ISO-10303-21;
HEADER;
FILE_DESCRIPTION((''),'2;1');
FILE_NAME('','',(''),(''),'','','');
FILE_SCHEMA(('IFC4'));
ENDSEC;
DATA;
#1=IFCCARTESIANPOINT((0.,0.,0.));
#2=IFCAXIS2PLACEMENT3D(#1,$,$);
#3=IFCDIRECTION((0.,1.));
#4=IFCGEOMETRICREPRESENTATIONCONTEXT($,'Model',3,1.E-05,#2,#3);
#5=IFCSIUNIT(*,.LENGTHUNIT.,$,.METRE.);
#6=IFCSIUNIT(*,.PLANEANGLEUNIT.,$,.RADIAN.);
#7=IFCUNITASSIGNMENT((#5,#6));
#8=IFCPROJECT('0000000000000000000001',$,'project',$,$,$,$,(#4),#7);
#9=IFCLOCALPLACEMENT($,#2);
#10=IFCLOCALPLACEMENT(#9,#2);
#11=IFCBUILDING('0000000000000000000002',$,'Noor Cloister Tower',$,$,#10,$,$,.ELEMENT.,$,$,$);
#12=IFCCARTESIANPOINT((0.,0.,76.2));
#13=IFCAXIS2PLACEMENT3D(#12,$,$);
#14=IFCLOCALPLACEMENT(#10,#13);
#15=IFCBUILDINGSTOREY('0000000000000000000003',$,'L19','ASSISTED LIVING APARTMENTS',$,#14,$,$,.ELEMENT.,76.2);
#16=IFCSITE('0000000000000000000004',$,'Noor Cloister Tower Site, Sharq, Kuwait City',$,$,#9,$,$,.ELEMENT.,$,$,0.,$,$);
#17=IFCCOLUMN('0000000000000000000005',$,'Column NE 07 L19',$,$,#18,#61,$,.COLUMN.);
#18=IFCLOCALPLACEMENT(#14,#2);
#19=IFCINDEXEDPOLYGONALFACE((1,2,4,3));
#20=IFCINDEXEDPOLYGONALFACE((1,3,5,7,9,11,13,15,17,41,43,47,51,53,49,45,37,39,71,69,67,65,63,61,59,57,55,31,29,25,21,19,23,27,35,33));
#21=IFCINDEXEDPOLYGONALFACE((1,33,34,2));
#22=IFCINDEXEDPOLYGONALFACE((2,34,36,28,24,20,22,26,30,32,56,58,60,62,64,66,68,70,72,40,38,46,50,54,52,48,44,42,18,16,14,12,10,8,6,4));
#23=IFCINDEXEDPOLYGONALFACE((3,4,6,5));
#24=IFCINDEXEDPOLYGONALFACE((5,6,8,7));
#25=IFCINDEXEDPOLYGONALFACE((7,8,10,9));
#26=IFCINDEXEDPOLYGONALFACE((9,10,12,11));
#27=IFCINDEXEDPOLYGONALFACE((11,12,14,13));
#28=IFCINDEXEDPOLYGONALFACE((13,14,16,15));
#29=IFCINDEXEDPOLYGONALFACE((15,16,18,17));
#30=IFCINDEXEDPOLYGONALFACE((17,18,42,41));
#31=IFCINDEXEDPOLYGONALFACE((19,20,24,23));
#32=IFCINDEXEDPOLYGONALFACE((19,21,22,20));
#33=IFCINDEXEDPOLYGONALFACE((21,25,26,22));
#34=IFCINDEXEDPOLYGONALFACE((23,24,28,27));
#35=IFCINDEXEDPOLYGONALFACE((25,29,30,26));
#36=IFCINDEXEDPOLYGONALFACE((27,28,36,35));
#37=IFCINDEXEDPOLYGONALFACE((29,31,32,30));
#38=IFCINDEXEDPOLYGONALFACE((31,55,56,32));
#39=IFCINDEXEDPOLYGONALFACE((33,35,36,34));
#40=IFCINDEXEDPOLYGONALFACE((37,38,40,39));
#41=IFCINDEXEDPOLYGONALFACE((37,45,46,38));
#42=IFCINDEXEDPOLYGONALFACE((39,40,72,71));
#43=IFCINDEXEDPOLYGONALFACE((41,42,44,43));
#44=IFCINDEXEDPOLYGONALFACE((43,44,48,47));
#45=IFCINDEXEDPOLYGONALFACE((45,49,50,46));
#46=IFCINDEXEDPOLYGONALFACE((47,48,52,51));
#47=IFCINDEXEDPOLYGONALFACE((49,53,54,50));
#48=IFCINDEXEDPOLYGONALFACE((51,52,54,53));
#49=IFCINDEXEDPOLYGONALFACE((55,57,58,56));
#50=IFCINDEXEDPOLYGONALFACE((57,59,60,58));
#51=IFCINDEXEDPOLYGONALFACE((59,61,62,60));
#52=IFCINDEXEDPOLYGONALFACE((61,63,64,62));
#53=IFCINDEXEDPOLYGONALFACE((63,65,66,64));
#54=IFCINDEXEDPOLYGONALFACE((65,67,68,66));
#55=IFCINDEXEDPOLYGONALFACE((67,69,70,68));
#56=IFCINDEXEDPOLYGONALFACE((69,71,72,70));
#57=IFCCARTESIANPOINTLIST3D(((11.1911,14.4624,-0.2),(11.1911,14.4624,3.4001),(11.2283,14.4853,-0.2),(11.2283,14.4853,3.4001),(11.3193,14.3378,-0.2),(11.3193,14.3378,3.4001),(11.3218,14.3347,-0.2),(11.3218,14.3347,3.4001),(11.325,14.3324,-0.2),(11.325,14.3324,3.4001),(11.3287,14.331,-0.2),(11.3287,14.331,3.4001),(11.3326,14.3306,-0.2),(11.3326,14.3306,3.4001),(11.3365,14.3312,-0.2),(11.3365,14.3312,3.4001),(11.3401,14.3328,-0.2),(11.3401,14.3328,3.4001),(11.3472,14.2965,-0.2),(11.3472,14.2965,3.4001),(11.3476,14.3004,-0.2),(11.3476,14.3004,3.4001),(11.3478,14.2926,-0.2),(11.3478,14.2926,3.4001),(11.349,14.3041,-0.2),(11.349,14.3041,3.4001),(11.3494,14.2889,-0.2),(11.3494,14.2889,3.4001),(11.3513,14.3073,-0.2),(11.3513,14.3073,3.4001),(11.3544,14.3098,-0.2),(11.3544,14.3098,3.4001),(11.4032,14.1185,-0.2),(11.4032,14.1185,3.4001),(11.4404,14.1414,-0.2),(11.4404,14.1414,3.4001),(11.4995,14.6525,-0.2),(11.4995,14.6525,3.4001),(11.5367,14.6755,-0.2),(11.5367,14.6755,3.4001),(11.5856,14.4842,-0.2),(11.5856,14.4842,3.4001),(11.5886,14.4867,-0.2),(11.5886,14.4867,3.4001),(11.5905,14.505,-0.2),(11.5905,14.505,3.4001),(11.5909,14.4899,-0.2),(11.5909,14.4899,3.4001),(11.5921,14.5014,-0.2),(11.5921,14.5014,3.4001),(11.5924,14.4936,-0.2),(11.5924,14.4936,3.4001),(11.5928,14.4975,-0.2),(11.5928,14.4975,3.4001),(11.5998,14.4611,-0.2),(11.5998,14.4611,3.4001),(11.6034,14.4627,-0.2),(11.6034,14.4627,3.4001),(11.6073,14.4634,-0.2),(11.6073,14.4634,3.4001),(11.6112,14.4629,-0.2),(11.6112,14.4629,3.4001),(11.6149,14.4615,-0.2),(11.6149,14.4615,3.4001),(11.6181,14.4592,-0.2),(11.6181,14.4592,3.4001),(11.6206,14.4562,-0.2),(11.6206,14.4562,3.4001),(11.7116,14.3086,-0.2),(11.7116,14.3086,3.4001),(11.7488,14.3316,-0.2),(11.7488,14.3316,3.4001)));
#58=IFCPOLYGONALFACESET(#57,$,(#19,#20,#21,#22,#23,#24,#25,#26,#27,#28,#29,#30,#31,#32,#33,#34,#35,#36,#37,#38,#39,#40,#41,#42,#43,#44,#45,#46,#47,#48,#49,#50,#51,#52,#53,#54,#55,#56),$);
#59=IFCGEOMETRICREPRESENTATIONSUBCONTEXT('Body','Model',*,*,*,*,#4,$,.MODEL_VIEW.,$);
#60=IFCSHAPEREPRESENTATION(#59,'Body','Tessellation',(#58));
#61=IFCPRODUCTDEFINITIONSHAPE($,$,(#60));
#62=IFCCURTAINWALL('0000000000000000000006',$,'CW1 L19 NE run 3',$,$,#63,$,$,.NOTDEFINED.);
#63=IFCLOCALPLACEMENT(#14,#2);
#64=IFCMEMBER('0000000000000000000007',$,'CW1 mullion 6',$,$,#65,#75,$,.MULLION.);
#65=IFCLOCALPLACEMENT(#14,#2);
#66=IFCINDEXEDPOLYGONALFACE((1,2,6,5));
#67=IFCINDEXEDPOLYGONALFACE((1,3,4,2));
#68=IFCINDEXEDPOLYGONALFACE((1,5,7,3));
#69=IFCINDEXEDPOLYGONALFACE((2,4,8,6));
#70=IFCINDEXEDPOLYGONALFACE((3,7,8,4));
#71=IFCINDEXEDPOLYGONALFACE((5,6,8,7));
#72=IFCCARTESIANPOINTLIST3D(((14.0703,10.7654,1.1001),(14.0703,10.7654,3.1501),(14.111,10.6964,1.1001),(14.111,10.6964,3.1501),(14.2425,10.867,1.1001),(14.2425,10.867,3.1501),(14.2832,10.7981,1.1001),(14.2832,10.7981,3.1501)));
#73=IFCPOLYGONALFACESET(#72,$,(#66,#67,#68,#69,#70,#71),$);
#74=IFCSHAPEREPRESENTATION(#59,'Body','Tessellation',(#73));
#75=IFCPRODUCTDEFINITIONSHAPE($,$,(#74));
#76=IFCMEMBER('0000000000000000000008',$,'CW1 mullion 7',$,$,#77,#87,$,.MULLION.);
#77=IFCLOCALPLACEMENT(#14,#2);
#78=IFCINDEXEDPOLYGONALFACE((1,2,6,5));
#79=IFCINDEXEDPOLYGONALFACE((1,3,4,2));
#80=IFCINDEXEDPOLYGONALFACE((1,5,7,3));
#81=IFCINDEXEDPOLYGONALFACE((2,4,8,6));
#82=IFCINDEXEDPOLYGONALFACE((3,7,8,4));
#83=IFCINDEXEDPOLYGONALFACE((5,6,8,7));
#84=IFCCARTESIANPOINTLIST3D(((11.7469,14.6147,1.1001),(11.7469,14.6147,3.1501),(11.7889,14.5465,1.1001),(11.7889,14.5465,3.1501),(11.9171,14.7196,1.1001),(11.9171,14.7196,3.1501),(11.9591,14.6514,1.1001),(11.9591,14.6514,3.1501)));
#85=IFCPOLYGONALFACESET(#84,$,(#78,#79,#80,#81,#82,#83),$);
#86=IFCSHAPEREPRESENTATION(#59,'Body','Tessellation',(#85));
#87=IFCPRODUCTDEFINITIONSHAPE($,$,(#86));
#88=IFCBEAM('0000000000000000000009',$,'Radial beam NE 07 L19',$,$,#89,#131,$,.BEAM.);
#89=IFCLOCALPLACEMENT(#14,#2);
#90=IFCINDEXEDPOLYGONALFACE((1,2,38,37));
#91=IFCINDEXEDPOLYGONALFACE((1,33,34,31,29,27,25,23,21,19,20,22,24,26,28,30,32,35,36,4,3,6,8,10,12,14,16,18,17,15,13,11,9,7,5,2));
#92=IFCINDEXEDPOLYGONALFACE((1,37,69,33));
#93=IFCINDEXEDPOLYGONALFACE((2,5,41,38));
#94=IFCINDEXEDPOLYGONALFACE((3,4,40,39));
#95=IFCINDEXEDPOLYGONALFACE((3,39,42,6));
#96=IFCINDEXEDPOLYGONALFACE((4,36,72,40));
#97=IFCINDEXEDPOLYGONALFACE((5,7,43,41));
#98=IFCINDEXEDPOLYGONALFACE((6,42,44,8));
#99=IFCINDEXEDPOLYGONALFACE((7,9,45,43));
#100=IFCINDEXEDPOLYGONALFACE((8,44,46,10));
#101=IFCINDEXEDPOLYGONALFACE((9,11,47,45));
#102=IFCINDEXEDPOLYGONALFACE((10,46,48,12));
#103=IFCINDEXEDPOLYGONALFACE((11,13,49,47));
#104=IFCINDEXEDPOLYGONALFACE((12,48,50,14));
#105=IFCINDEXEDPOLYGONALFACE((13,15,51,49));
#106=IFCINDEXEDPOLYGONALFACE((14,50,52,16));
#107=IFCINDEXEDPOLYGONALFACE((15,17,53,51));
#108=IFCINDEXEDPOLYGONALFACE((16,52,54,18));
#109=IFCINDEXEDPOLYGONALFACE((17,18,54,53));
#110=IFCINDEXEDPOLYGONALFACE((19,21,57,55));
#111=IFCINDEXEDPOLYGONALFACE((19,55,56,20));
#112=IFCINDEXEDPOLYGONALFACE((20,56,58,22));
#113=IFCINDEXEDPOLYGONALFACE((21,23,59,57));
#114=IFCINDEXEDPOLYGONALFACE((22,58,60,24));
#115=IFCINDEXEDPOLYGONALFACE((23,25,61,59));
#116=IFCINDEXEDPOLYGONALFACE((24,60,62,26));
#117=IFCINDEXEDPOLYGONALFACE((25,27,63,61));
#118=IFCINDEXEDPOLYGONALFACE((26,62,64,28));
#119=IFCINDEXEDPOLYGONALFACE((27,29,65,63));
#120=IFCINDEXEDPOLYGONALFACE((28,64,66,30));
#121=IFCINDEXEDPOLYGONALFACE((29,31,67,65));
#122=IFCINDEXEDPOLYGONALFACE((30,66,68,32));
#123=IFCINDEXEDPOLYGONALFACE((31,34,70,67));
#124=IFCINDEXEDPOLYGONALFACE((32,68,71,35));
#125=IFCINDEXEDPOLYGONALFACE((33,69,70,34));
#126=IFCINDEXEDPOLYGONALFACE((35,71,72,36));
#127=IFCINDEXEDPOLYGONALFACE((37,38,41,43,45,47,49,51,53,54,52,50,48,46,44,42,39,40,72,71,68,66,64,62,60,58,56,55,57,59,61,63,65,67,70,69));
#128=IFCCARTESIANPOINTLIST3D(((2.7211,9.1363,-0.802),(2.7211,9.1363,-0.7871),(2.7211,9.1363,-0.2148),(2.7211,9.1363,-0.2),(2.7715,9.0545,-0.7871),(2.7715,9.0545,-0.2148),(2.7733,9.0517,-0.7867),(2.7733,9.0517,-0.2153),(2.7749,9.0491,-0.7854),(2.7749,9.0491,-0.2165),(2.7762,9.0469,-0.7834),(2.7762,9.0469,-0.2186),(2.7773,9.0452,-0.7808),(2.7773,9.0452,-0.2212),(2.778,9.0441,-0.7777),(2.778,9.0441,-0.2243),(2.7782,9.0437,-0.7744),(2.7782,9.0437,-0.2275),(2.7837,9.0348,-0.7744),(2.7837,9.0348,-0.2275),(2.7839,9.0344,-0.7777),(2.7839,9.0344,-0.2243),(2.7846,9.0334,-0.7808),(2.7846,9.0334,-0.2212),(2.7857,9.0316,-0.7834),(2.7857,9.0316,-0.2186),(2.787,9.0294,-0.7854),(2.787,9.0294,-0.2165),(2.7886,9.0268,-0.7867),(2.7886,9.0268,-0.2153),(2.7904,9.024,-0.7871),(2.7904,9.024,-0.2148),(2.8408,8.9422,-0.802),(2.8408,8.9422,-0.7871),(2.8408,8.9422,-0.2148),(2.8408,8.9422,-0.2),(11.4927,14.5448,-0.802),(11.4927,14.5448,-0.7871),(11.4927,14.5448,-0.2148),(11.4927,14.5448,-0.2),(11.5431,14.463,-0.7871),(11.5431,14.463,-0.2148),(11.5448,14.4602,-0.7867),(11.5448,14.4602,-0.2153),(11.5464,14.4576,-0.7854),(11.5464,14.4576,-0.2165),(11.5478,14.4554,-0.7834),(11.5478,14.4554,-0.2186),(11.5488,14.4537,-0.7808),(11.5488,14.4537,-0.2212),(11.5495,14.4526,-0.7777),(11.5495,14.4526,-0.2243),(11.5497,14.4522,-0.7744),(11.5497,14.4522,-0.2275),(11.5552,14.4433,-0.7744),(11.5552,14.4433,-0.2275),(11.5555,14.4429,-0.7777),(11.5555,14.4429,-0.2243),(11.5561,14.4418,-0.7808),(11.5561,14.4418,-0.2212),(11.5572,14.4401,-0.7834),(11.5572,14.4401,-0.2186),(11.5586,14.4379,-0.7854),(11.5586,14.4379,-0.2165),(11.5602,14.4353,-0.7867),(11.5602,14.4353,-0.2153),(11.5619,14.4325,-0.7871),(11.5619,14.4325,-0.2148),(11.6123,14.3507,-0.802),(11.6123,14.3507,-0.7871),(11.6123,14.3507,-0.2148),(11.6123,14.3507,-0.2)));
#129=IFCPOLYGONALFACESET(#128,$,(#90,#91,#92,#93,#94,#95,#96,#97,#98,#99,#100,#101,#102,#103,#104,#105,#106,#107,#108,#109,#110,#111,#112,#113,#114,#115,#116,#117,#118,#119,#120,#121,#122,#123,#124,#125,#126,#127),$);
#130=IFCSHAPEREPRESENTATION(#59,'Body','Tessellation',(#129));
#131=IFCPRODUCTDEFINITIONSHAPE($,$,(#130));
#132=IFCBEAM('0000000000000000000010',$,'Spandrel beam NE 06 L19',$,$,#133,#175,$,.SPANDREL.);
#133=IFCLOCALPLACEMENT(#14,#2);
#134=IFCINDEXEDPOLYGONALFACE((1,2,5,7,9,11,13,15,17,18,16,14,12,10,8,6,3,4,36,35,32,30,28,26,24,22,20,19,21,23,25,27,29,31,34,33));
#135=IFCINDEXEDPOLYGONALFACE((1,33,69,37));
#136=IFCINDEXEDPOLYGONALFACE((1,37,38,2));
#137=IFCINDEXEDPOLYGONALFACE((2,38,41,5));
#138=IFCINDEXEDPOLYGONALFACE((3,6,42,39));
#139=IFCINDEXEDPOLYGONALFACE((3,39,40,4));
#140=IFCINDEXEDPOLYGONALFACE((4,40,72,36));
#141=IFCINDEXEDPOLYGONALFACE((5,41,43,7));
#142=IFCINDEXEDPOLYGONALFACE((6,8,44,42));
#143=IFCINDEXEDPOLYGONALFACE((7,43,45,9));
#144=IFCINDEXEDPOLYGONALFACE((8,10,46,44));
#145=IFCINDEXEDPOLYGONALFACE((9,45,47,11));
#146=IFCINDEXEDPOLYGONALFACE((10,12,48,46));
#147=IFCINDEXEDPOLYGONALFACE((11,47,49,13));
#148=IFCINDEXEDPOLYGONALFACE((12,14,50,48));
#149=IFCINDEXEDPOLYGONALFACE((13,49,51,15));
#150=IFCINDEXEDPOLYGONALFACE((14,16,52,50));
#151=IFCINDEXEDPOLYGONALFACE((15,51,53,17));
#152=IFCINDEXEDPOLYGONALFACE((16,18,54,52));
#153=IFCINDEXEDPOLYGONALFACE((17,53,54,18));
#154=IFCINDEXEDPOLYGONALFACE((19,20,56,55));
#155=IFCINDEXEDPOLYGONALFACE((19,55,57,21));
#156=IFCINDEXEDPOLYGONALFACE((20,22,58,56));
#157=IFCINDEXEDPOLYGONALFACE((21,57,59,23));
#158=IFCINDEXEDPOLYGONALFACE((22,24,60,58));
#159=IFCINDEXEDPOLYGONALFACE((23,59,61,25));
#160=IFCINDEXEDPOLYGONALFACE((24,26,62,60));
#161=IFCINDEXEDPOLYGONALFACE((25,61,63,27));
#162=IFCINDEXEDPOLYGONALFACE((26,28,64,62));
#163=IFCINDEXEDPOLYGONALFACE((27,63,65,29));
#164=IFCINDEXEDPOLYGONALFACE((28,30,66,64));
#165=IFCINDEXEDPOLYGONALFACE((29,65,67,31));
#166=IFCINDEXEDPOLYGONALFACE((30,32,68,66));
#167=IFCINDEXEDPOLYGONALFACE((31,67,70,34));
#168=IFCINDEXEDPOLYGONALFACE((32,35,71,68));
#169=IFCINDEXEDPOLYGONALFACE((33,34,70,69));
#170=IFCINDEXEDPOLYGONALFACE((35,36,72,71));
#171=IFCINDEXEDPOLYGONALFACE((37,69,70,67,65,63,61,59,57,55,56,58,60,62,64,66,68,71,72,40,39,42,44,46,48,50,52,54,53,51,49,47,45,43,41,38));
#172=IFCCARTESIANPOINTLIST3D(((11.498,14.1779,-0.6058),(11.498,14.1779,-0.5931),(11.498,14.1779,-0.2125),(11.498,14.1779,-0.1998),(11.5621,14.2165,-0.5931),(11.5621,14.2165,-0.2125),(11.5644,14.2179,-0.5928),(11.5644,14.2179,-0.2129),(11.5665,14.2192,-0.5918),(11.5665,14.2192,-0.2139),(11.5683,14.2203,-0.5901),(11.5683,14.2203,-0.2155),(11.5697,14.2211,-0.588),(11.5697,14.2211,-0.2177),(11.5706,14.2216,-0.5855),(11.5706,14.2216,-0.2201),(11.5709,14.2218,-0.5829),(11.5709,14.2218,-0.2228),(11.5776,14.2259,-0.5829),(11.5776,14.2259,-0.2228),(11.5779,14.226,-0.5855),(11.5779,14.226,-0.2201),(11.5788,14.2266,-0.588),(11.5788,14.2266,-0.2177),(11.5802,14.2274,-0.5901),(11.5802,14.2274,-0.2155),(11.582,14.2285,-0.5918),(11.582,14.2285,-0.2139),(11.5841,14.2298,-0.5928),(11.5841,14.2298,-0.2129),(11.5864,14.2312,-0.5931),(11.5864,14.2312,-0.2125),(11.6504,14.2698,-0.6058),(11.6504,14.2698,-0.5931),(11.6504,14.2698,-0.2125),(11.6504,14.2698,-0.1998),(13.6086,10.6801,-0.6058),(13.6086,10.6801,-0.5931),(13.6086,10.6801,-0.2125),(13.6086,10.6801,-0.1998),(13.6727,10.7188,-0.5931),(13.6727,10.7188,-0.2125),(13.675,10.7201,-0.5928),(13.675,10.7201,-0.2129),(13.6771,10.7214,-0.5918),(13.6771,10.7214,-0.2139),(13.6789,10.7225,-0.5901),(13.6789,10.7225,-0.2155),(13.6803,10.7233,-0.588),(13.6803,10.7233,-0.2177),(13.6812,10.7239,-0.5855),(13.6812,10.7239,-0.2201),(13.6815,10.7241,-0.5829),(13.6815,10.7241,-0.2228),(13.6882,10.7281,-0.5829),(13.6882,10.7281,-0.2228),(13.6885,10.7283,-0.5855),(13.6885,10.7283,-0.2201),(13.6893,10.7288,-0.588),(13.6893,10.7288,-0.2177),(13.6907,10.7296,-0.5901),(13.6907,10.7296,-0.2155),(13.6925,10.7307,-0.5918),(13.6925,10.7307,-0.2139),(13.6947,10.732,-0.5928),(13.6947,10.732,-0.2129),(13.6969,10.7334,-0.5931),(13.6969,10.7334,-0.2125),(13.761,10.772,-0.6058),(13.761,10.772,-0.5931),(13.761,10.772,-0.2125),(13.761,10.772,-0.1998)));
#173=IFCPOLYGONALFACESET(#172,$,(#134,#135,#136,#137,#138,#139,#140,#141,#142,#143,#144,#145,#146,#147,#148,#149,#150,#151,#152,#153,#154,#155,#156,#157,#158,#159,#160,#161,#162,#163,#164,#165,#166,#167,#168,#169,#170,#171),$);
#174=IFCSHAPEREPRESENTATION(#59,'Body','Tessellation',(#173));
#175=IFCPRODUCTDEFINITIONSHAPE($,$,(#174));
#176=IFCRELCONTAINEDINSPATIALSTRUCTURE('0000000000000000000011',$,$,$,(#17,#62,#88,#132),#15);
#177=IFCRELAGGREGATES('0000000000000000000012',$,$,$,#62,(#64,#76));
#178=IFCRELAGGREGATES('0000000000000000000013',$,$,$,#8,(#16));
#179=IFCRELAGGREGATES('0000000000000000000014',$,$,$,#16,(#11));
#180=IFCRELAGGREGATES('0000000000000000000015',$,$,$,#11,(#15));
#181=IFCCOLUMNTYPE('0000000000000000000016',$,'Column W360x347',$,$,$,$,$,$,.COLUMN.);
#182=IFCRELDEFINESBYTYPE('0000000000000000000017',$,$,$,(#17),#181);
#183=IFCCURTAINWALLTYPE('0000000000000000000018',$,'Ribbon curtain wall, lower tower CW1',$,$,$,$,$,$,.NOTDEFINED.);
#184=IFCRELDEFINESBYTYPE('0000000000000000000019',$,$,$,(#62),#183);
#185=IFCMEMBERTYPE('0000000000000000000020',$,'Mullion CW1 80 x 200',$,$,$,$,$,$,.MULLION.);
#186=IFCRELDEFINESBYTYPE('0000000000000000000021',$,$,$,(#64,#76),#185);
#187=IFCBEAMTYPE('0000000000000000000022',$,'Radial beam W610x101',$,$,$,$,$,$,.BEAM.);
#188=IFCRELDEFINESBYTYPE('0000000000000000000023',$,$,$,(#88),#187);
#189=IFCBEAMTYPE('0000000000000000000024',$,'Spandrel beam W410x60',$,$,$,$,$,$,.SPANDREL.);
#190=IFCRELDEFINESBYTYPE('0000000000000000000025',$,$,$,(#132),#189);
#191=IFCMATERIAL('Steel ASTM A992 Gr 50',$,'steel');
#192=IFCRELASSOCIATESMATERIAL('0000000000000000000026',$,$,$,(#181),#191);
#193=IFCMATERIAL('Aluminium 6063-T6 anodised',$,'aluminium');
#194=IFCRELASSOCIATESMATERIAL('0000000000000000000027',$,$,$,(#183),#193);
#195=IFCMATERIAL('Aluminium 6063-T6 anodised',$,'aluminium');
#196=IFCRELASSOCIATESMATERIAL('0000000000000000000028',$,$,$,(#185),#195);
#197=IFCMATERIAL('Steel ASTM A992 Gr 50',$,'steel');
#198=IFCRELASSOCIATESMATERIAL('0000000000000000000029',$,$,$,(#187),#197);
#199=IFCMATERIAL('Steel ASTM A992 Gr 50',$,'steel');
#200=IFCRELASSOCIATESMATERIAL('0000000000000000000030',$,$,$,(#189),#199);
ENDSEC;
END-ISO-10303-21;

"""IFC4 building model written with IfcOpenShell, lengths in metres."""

from ifc_helpers import new_model, si_unit, direction, frame, origin, origin_2d, place, context, subcontext, project, spatial, rectangle, i_section, extrude, material, material_profile, profile_set, type_object, element, aggregate, save


model = new_model("IFC4")

# Units and contexts
model_context = context("Model", 3, precision=1e-05, world=origin(), true_north=direction((0.0, 1.0)))
body_context = subcontext(model_context, "Body", "Model", "MODEL_VIEW")
ifc_project = project(units=[si_unit("LENGTHUNIT", "METRE"), si_unit("PLANEANGLEUNIT", "RADIAN")], contexts=[model_context])

# Site, building, storey
site_placement = place(None, origin())
site = spatial("IfcSite", under=ifc_project, at=site_placement, Name="Noor Cloister Tower Site, Sharq, Kuwait City", CompositionType="ELEMENT", RefElevation=0.0)
building_placement = place(site_placement, origin())
building = spatial("IfcBuilding", under=site, at=building_placement, Name="Noor Cloister Tower", CompositionType="ELEMENT")
storey_placement = place(building_placement, frame((0.0, 0.0, 76.2)))
storey = spatial("IfcBuildingStorey", under=building, at=storey_placement, Name="L19", Description="ASSISTED LIVING APARTMENTS", CompositionType="ELEMENT", Elevation=76.2)

# Column
ifc_material_1 = material(Name="Steel ASTM A992 Gr 50", Category="steel")
ifc_material_profile_1 = material_profile(ifc_material_1, i_section(OverallWidth=0.4041, OverallDepth=0.406, WebThickness=0.0271, FlangeThickness=0.0437, FilletRadius=0.0151, at=origin_2d()), Name="W360x347")
ifc_profile_set_1 = profile_set([ifc_material_profile_1], Name="Steel ASTM A992 Gr 50")
column_type = type_object("IfcColumnType", Name="Column W360x347", PredefinedType="COLUMN", material=ifc_profile_set_1)
column_placement = place(storey_placement, frame((11.47, 14.397, -0.2), z_axis=(0.0, 0.0, 1.0), x_axis=(-0.524849, 0.851196, 0.0)))
element("IfcColumn", 1, at=column_placement, inside=storey, type_object=column_type, Name="Column NE 07 L19", PredefinedType="COLUMN", context=body_context, shape_type="SweptSolid", body=[
    extrude(i_section(OverallWidth=0.4041, OverallDepth=0.406, WebThickness=0.0271, FlangeThickness=0.0437, FilletRadius=0.0151, at=origin_2d()), origin(), (0.0, 0.0, 1.0), 3.6001),
])

# Curtain wall, members
ifc_material_2 = material(Name="Aluminium 6063-T6 anodised", Category="aluminium")
curtain_wall_type = type_object("IfcCurtainWallType", Name="Ribbon curtain wall, lower tower CW1", PredefinedType="NOTDEFINED", material=ifc_material_2)
curtain_wall_placement = place(storey_placement, origin())
curtain_wall = element("IfcCurtainWall", 2, at=curtain_wall_placement, inside=storey, type_object=curtain_wall_type, Name="CW1 L19 NE run 3", PredefinedType="NOTDEFINED")
ifc_material_3 = material(Name="Aluminium 6063-T6 anodised", Category="aluminium")
ifc_material_profile_2 = material_profile(ifc_material_3, rectangle(XDim=0.2, YDim=0.0801, at=origin_2d()), Name="200 x 80 mullion")
ifc_profile_set_2 = profile_set([ifc_material_profile_2], Name="Aluminium 6063-T6 anodised")
member_type = type_object("IfcMemberType", Name="Mullion CW1 80 x 200", PredefinedType="MULLION", material=ifc_profile_set_2)
member_1_placement = place(storey_placement, frame((14.1768, 10.7817, 1.1001), z_axis=(0.0, 0.0, 1.0), x_axis=(-0.861162, -0.50833, 0.0)))
member_1 = element("IfcMember", 3, at=member_1_placement, type_object=member_type, Name="CW1 mullion 6", PredefinedType="MULLION", context=body_context, shape_type="SweptSolid", body=[
    extrude(rectangle(XDim=0.2, YDim=0.0801, at=origin_2d()), origin(), (0.0, 0.0, 1.0), 2.05),
])
member_2_placement = place(storey_placement, frame((11.853, 14.6331, 1.1001), z_axis=(0.0, 0.0, 1.0), x_axis=(-0.851196, -0.524849, 0.0)))
member_2 = element("IfcMember", 4, at=member_2_placement, type_object=member_type, Name="CW1 mullion 7", PredefinedType="MULLION", context=body_context, shape_type="SweptSolid", body=[
    extrude(rectangle(XDim=0.2, YDim=0.0801, at=origin_2d()), origin(), (0.0, 0.0, 1.0), 2.05),
])

# Beams
ifc_material_4 = material(Name="Steel ASTM A992 Gr 50", Category="steel")
ifc_material_profile_3 = material_profile(ifc_material_4, i_section(OverallWidth=0.228, OverallDepth=0.6021, WebThickness=0.0105, FlangeThickness=0.0149, FilletRadius=0.0127, at=origin_2d()), Name="W610x101")
ifc_profile_set_3 = profile_set([ifc_material_profile_3], Name="Steel ASTM A992 Gr 50")
beam_type_1 = type_object("IfcBeamType", Name="Radial beam W610x101", PredefinedType="BEAM", material=ifc_profile_set_3)
beam_1_placement = place(storey_placement, frame((11.5525, 14.4478, -0.501), z_axis=(-0.851198, -0.524844, 0.0), x_axis=(0.524844, -0.851198, 0.0)))
element("IfcBeam", 5, at=beam_1_placement, inside=storey, type_object=beam_type_1, Name="Radial beam NE 07 L19", PredefinedType="BEAM", context=body_context, shape_type="SweptSolid", body=[
    extrude(i_section(OverallWidth=0.228, OverallDepth=0.6021, WebThickness=0.0105, FlangeThickness=0.0149, FilletRadius=0.0127, at=origin_2d()), origin(), (0.0, 0.0, 1.0), 10.3049),
])
ifc_material_5 = material(Name="Steel ASTM A992 Gr 50", Category="steel")
ifc_material_profile_4 = material_profile(ifc_material_5, i_section(OverallWidth=0.178, OverallDepth=0.406, WebThickness=0.0078, FlangeThickness=0.0127, FilletRadius=0.0103, at=origin_2d()), Name="W410x60")
ifc_profile_set_4 = profile_set([ifc_material_profile_4], Name="Steel ASTM A992 Gr 50")
beam_type_2 = type_object("IfcBeamType", Name="Spandrel beam W410x60", PredefinedType="SPANDREL", material=ifc_profile_set_4)
beam_2_placement = place(storey_placement, frame((13.6848, 10.7261, -0.4028), z_axis=(-0.516639, 0.856204, 0.0), x_axis=(-0.856204, -0.516639, 0.0)))
element("IfcBeam", 6, at=beam_2_placement, inside=storey, type_object=beam_type_2, Name="Spandrel beam NE 06 L19", PredefinedType="SPANDREL", context=body_context, shape_type="SweptSolid", body=[
    extrude(i_section(OverallWidth=0.178, OverallDepth=0.406, WebThickness=0.0078, FlangeThickness=0.0127, FilletRadius=0.0103, at=origin_2d()), origin(), (0.0, 0.0, 1.0), 4.0852),
])

aggregate(curtain_wall, [member_1, member_2])

save(model, "model.ifc")
